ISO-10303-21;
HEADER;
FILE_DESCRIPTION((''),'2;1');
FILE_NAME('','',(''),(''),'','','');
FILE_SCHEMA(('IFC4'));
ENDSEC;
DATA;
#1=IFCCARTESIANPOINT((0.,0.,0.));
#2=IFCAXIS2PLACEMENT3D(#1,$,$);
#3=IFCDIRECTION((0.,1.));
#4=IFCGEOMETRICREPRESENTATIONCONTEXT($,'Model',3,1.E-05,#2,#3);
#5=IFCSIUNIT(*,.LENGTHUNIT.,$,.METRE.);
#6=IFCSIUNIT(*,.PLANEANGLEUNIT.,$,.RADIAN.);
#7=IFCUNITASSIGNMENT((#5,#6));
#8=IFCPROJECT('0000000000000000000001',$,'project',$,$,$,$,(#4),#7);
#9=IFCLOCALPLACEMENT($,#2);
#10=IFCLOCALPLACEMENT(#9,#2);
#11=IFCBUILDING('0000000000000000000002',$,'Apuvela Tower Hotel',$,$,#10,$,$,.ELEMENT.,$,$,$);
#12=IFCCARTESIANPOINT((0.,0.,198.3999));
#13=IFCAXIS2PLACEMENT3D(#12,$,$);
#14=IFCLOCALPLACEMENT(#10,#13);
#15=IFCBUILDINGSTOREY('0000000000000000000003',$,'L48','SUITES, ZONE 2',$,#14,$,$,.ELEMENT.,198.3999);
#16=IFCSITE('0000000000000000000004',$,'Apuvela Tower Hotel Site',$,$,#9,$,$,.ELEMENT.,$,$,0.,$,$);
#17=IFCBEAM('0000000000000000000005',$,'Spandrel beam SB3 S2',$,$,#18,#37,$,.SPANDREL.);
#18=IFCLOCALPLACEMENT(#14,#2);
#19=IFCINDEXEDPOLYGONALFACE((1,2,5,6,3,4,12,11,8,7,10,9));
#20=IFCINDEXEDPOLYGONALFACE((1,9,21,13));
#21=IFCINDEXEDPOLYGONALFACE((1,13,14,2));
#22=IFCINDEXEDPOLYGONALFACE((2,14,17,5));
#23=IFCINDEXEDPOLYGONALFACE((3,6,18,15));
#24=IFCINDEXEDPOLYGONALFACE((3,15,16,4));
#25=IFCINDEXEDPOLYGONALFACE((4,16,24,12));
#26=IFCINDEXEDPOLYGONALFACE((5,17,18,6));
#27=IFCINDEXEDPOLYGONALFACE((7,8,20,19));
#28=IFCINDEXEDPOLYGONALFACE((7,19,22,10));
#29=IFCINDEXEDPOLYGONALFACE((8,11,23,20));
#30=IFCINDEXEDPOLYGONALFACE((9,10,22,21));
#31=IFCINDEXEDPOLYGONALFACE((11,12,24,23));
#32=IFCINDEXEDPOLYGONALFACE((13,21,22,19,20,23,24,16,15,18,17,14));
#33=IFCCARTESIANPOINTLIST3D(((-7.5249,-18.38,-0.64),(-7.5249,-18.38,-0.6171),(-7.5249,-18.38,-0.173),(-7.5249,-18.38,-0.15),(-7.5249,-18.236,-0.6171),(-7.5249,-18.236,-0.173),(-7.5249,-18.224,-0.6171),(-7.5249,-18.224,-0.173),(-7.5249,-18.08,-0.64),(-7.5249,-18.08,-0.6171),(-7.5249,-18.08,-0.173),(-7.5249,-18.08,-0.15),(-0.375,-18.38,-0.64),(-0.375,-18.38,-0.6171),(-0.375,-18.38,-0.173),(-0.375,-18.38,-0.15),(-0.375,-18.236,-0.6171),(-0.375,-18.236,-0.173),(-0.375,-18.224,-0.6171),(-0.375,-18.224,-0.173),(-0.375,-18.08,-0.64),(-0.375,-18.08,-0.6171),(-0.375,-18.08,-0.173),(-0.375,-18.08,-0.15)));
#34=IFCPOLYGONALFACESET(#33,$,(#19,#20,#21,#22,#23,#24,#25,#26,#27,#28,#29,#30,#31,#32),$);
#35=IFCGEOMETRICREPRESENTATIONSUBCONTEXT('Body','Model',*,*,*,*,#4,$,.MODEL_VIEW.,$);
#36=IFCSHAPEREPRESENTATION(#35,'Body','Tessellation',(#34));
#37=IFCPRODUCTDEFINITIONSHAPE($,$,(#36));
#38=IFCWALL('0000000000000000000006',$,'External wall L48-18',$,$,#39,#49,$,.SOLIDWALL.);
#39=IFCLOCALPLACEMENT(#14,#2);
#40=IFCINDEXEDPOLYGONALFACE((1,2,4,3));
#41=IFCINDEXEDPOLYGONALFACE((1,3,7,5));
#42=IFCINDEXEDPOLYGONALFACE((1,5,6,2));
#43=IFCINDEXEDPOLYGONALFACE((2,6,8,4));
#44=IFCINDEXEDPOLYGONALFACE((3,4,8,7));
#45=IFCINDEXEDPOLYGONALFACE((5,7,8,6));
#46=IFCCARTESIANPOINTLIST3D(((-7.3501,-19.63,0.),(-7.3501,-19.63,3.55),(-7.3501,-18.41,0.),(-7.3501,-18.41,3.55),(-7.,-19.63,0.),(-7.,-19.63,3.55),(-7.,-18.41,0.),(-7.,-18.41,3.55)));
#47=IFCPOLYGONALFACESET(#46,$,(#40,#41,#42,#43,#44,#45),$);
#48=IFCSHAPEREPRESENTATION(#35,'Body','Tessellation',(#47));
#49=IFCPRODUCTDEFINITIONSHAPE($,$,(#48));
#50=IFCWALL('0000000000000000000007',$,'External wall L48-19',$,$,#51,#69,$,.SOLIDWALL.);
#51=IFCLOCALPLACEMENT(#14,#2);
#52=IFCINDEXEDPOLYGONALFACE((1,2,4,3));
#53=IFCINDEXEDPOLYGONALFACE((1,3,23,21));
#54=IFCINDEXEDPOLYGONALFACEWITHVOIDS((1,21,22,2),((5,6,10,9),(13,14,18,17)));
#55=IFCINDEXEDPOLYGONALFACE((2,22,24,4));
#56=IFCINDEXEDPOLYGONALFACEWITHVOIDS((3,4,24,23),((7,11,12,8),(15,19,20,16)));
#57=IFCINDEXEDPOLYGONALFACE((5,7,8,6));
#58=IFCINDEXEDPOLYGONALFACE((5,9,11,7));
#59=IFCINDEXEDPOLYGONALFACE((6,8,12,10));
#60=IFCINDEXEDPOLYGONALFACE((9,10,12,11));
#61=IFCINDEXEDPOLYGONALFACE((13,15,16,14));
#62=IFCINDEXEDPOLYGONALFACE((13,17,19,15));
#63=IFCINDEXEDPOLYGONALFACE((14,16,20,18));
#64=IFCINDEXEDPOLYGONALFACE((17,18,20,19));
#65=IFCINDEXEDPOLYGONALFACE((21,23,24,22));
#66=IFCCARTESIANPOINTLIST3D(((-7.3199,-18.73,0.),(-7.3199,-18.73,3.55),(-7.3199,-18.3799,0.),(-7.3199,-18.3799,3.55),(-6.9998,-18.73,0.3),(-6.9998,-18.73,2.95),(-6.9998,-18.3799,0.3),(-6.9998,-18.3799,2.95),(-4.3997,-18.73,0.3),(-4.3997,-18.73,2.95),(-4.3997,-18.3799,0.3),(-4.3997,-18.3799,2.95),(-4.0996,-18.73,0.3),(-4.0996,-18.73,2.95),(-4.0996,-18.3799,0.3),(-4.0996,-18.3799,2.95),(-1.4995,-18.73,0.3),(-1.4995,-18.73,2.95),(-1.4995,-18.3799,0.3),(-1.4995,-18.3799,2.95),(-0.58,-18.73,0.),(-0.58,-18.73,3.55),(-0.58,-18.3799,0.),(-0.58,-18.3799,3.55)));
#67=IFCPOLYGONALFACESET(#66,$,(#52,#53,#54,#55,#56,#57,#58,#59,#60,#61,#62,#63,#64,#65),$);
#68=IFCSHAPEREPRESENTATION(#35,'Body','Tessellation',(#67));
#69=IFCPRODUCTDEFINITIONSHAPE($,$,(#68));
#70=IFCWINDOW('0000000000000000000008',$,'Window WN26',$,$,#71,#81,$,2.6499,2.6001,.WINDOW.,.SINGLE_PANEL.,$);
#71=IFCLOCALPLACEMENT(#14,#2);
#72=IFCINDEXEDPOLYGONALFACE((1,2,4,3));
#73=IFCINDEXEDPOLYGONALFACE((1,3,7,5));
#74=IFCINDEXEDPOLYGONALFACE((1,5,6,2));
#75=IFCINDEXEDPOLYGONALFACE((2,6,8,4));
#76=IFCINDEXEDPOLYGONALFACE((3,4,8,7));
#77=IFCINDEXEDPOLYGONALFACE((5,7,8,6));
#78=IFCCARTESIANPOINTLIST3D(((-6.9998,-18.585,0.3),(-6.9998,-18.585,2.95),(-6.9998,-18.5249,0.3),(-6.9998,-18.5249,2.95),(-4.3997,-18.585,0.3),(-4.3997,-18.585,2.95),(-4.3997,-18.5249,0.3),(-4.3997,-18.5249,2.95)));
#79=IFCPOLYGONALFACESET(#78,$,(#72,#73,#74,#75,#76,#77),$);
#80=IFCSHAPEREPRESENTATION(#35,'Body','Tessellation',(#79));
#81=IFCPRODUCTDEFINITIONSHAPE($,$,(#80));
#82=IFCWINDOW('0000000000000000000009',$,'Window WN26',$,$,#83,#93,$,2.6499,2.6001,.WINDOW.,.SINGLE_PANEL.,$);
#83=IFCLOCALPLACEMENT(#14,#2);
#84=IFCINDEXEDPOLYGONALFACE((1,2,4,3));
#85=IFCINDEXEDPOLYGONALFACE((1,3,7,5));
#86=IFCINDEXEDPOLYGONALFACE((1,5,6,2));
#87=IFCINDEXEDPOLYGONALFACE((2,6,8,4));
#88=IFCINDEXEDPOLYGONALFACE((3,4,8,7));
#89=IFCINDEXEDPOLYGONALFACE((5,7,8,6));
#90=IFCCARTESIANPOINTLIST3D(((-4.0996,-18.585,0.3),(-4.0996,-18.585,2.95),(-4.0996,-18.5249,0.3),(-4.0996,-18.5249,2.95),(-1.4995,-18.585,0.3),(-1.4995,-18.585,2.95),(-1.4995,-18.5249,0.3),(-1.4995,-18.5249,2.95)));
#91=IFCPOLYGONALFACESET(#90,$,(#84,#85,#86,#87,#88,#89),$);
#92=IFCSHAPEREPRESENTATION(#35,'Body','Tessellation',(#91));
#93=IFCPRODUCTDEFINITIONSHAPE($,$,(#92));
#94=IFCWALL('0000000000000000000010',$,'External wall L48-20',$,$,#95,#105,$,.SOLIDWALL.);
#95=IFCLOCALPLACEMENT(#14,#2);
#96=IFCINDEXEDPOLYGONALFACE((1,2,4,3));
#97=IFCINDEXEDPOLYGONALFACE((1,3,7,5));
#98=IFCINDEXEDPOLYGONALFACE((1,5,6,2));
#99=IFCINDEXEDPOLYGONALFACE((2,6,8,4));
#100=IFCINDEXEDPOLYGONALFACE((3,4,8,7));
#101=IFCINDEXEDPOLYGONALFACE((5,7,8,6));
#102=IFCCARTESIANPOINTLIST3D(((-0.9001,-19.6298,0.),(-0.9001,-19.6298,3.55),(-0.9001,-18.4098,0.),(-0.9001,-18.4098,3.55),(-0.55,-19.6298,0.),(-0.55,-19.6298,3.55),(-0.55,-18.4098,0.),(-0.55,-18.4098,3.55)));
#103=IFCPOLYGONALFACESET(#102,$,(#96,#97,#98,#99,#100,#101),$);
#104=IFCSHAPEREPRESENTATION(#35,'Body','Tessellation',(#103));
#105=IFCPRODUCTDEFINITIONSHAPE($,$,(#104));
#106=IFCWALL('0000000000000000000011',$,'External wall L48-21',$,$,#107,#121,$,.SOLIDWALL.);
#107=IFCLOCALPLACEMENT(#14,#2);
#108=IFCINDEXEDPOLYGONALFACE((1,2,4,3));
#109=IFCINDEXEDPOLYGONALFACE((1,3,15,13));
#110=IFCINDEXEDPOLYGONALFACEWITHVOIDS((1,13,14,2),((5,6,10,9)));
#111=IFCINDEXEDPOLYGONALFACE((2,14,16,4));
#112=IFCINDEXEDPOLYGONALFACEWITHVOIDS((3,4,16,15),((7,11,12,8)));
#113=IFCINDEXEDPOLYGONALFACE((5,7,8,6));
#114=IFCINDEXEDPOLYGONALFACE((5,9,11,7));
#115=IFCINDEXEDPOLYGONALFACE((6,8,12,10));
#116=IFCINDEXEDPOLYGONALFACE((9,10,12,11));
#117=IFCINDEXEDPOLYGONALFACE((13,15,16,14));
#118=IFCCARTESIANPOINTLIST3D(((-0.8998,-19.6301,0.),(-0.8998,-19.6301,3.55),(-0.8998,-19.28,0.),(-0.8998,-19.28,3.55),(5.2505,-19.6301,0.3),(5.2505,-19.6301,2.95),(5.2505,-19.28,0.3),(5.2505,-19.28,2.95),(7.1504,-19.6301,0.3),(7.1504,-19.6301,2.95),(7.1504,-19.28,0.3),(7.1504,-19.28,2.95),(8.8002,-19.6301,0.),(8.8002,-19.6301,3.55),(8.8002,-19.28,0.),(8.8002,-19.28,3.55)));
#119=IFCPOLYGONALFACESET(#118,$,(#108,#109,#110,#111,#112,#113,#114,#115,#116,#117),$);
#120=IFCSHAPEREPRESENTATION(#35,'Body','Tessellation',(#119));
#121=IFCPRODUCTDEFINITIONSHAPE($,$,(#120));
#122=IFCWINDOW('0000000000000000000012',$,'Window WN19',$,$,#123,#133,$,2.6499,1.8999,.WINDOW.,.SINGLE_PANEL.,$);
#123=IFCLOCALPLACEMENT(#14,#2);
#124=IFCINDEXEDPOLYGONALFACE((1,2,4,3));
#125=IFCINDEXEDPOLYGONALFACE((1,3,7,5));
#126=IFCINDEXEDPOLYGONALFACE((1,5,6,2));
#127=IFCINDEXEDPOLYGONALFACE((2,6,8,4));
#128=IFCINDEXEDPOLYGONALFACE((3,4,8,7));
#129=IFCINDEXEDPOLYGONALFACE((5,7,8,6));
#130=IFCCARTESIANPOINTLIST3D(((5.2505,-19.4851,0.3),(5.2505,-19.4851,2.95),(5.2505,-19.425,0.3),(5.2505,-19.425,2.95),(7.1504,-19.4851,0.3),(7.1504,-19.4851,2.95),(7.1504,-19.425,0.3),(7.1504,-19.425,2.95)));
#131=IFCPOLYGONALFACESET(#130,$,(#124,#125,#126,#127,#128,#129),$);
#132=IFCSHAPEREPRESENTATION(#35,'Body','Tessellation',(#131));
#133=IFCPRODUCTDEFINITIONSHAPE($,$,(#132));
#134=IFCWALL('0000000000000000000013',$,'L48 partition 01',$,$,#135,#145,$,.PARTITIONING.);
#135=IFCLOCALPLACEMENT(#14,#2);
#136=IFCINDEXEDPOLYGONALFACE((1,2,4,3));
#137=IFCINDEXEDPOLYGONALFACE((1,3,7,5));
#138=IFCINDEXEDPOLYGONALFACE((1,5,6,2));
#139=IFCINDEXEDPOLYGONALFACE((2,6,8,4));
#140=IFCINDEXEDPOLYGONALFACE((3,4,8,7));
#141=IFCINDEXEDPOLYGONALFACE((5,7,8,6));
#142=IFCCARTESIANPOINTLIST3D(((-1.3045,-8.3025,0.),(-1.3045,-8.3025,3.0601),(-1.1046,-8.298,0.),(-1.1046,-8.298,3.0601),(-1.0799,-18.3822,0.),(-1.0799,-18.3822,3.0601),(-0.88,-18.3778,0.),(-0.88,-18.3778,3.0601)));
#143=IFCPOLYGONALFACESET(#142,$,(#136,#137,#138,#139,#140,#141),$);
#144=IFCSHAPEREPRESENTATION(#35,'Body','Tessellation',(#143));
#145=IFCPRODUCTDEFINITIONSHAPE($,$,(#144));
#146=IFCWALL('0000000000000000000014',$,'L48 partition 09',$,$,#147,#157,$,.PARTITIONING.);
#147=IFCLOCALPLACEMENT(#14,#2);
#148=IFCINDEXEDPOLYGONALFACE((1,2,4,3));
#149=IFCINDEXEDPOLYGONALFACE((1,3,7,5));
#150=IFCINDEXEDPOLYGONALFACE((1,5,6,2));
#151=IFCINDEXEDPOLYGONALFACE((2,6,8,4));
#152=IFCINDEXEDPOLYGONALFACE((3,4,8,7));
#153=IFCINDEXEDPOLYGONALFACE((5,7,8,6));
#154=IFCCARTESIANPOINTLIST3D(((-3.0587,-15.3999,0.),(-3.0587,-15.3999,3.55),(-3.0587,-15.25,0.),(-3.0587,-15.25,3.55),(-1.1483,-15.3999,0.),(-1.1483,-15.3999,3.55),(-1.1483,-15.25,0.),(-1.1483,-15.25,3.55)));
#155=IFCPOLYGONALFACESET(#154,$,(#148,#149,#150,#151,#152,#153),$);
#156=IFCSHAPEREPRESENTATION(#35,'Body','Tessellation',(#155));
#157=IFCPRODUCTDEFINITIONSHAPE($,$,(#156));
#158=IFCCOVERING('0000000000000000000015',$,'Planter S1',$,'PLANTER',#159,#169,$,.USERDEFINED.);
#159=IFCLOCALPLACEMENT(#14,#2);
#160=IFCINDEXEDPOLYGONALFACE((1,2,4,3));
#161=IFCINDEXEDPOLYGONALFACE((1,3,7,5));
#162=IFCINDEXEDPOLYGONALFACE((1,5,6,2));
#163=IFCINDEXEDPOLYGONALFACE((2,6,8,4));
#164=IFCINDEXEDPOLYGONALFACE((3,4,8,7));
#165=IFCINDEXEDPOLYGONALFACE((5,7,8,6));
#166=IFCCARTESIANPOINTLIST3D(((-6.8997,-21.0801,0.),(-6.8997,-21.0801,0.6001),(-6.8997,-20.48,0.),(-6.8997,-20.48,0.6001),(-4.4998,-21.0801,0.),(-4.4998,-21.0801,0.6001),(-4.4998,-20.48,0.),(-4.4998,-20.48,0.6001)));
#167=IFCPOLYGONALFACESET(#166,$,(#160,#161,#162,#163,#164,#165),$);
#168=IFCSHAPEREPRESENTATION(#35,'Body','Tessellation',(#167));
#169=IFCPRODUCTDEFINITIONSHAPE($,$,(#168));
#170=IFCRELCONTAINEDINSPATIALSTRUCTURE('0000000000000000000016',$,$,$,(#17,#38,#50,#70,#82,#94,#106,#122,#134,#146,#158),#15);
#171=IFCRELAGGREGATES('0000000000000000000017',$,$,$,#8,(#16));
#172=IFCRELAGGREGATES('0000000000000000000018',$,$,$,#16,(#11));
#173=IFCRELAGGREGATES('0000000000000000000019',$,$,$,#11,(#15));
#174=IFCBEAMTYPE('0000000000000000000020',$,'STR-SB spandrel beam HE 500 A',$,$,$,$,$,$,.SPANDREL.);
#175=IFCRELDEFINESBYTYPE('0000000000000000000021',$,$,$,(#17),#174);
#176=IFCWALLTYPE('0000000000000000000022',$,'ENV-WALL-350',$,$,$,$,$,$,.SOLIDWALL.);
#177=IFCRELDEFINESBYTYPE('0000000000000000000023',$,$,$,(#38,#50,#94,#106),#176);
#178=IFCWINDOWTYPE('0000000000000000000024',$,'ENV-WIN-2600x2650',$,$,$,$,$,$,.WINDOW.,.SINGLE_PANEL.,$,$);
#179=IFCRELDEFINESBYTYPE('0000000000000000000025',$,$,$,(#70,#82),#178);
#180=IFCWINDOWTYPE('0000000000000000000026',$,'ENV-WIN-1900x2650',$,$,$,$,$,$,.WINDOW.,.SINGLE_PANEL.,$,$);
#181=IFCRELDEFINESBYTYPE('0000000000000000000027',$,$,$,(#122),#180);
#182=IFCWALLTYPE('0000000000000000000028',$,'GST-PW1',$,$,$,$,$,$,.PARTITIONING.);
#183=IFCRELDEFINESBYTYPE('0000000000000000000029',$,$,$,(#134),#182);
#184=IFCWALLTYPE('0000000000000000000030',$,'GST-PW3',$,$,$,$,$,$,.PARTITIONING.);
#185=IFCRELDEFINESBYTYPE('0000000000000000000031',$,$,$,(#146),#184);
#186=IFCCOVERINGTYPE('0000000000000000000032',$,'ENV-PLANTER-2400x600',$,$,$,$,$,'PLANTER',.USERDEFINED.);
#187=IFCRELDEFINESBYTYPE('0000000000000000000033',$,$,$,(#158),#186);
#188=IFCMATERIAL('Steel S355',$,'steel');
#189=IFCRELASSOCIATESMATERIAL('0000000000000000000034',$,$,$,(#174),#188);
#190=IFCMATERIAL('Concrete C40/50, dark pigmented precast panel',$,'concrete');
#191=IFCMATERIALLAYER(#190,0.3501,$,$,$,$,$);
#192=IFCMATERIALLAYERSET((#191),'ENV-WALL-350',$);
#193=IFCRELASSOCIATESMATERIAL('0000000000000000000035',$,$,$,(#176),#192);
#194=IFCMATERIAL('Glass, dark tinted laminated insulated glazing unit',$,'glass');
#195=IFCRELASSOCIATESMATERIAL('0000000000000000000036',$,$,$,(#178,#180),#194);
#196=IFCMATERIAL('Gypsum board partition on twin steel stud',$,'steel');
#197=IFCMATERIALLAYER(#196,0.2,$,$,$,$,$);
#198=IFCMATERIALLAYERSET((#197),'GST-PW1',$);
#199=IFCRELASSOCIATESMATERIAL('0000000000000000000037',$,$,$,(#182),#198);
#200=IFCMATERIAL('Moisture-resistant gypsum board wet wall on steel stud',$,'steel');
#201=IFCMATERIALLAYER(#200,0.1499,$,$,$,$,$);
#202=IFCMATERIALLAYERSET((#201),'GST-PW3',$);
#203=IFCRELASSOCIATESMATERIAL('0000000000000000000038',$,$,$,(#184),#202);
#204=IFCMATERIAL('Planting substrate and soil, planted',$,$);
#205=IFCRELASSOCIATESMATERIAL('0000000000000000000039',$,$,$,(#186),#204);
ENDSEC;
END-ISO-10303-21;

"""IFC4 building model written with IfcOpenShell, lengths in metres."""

from ifc_helpers import new_model, si_unit, direction, frame, frame_2d, origin, origin_2d, place, context, subcontext, project, spatial, rectangle, i_section, extrude, material, layer, layer_set, material_profile, profile_set, type_object, element, fill, save


model = new_model("IFC4")

# Units and contexts
model_context = context("Model", 3, precision=1e-05, world=origin(), true_north=direction((0.0, 1.0)))
body_context = subcontext(model_context, "Body", "Model", "MODEL_VIEW")
ifc_project = project(units=[si_unit("LENGTHUNIT", "METRE"), si_unit("PLANEANGLEUNIT", "RADIAN")], contexts=[model_context])

# Site, building, storey
site_placement = place(None, origin())
site = spatial("IfcSite", under=ifc_project, at=site_placement, Name="Apuvela Tower Hotel Site", CompositionType="ELEMENT", RefElevation=0.0)
building_placement = place(site_placement, origin())
building = spatial("IfcBuilding", under=site, at=building_placement, Name="Apuvela Tower Hotel", CompositionType="ELEMENT")
storey_placement = place(building_placement, frame((0.0, 0.0, 198.3999)))
storey = spatial("IfcBuildingStorey", under=building, at=storey_placement, Name="L48", Description="SUITES, ZONE 2", CompositionType="ELEMENT", Elevation=198.3999)

# Beam
ifc_material_1 = material(Name="Steel S355", Category="steel")
ifc_material_profile_1 = material_profile(ifc_material_1, i_section(OverallWidth=0.3, OverallDepth=0.49, WebThickness=0.012, FlangeThickness=0.0229, at=origin_2d()), Name="HE 500 A")
ifc_profile_set_1 = profile_set([ifc_material_profile_1], Name="Steel S355")
beam_type_1 = type_object("IfcBeamType", Name="STR-SB spandrel beam HE 500 A", PredefinedType="SPANDREL", material=ifc_profile_set_1)
beam_1_placement = place(storey_placement, frame((-7.5249, -18.23, -0.395), z_axis=(1.0, 0.0, 0.0), x_axis=(0.0, 1.0, 0.0)))
element("IfcBeam", 1, at=beam_1_placement, inside=storey, type_object=beam_type_1, Name="Spandrel beam SB3 S2", PredefinedType="SPANDREL", context=body_context, shape_type="SweptSolid", body=[
    extrude(i_section(OverallWidth=0.3, OverallDepth=0.49, WebThickness=0.012, FlangeThickness=0.0229, at=origin_2d()), origin(), (0.0, 0.0, 1.0), 7.1499),
])

# Wall
ifc_material_2 = material(Name="Concrete C40/50, dark pigmented precast panel", Category="concrete")
ifc_layer_1 = layer(ifc_material_2, 0.3501)
ifc_layer_set_1 = layer_set([ifc_layer_1], Name="ENV-WALL-350")
wall_type_1 = type_object("IfcWallType", Name="ENV-WALL-350", PredefinedType="SOLIDWALL", material=ifc_layer_set_1)
wall_1_placement = place(storey_placement, frame((-7.175, -19.6299, 0.0), z_axis=(0.0, 0.0, 1.0), x_axis=(0.0, 1.0, 0.0)))
element("IfcWall", 2, at=wall_1_placement, inside=storey, type_object=wall_type_1, Name="External wall L48-18", PredefinedType="SOLIDWALL", context=body_context, shape_type="SweptSolid", body=[
    extrude(rectangle(XDim=1.22, YDim=0.3501, at=frame_2d((0.6099, 0.0))), origin(), (0.0, 0.0, 1.0), 3.55),
])

# Wall, openings, windows
wall_2_placement = place(storey_placement, frame((-7.3201, -18.5549, 0.0), z_axis=(0.0, 0.0, 1.0), x_axis=(1.0, 0.0, 0.0)))
wall_2 = element("IfcWall", 3, at=wall_2_placement, inside=storey, type_object=wall_type_1, Name="External wall L48-19", PredefinedType="SOLIDWALL", context=body_context, shape_type="SweptSolid", body=[
    extrude(rectangle(XDim=6.74, YDim=0.3501, at=frame_2d((3.3701, 0.0))), origin(), (0.0, 0.0, 1.0), 3.55),
])
opening_1_placement = place(wall_2_placement, frame((0.3203, 0.0, 0.3)))
opening_1 = element("IfcOpeningElement", 4, at=opening_1_placement, cuts=wall_2, PredefinedType="OPENING", context=body_context, shape_type="SweptSolid", body=[
    extrude(rectangle(XDim=2.6001, YDim=2.6499, at=frame_2d((1.3, 1.325))), frame((0.0, 0.1851, 0.0), z_axis=(0.0, -1.0, 0.0), x_axis=(1.0, 0.0, 0.0)), (0.0, 0.0, 1.0), 0.3701),
])
opening_2_placement = place(wall_2_placement, frame((3.2205, 0.0, 0.3)))
opening_2 = element("IfcOpeningElement", 5, at=opening_2_placement, cuts=wall_2, PredefinedType="OPENING", context=body_context, shape_type="SweptSolid", body=[
    extrude(rectangle(XDim=2.6001, YDim=2.6499, at=frame_2d((1.3, 1.325))), frame((0.0, 0.1851, 0.0), z_axis=(0.0, -1.0, 0.0), x_axis=(1.0, 0.0, 0.0)), (0.0, 0.0, 1.0), 0.3701),
])
ifc_material_3 = material(Name="Glass, dark tinted laminated insulated glazing unit", Category="glass")
window_type_1 = type_object("IfcWindowType", Name="ENV-WIN-2600x2650", PartitioningType="SINGLE_PANEL", PredefinedType="WINDOW", material=ifc_material_3)
window_1_placement = place(opening_1_placement, origin())
window_1 = element("IfcWindow", 6, at=window_1_placement, inside=storey, type_object=window_type_1, Name="Window WN26", OverallHeight=2.6499, OverallWidth=2.6001, PartitioningType="SINGLE_PANEL", PredefinedType="WINDOW", context=body_context, shape_type="SweptSolid", body=[
    extrude(rectangle(XDim=2.6001, YDim=2.6499, at=frame_2d((1.3, 1.325))), frame((0.0, 0.03, 0.0), z_axis=(0.0, -1.0, 0.0), x_axis=(1.0, 0.0, 0.0)), (0.0, 0.0, 1.0), 0.0601),
])
fill(opening_1, window_1)
window_2_placement = place(opening_2_placement, origin())
window_2 = element("IfcWindow", 7, at=window_2_placement, inside=storey, type_object=window_type_1, Name="Window WN26", OverallHeight=2.6499, OverallWidth=2.6001, PartitioningType="SINGLE_PANEL", PredefinedType="WINDOW", context=body_context, shape_type="SweptSolid", body=[
    extrude(rectangle(XDim=2.6001, YDim=2.6499, at=frame_2d((1.3, 1.325))), frame((0.0, 0.03, 0.0), z_axis=(0.0, -1.0, 0.0), x_axis=(1.0, 0.0, 0.0)), (0.0, 0.0, 1.0), 0.0601),
])
fill(opening_2, window_2)

# Wall
wall_3_placement = place(storey_placement, frame((-0.7251, -18.4099, 0.0), z_axis=(0.0, 0.0, 1.0), x_axis=(0.0, -1.0, 0.0)))
element("IfcWall", 8, at=wall_3_placement, inside=storey, type_object=wall_type_1, Name="External wall L48-20", PredefinedType="SOLIDWALL", context=body_context, shape_type="SweptSolid", body=[
    extrude(rectangle(XDim=1.22, YDim=0.3501, at=frame_2d((0.6099, 0.0))), origin(), (0.0, 0.0, 1.0), 3.55),
])

# Wall, opening, window
wall_4_placement = place(storey_placement, frame((-0.8999, -19.4551, 0.0), z_axis=(0.0, 0.0, 1.0), x_axis=(1.0, 0.0, 0.0)))
wall_4 = element("IfcWall", 9, at=wall_4_placement, inside=storey, type_object=wall_type_1, Name="External wall L48-21", PredefinedType="SOLIDWALL", context=body_context, shape_type="SweptSolid", body=[
    extrude(rectangle(XDim=9.7, YDim=0.3501, at=frame_2d((4.8501, 0.0))), origin(), (0.0, 0.0, 1.0), 3.55),
])
opening_3_placement = place(wall_4_placement, frame((6.1504, 0.0, 0.3)))
opening_3 = element("IfcOpeningElement", 10, at=opening_3_placement, cuts=wall_4, PredefinedType="OPENING", context=body_context, shape_type="SweptSolid", body=[
    extrude(rectangle(XDim=1.8999, YDim=2.6499, at=frame_2d((0.95, 1.325))), frame((0.0, 0.1851, 0.0), z_axis=(0.0, -1.0, 0.0), x_axis=(1.0, 0.0, 0.0)), (0.0, 0.0, 1.0), 0.3701),
])
window_type_2 = type_object("IfcWindowType", Name="ENV-WIN-1900x2650", PartitioningType="SINGLE_PANEL", PredefinedType="WINDOW", material=ifc_material_3)
window_3_placement = place(opening_3_placement, origin())
window_3 = element("IfcWindow", 11, at=window_3_placement, inside=storey, type_object=window_type_2, Name="Window WN19", OverallHeight=2.6499, OverallWidth=1.8999, PartitioningType="SINGLE_PANEL", PredefinedType="WINDOW", context=body_context, shape_type="SweptSolid", body=[
    extrude(rectangle(XDim=1.8999, YDim=2.6499, at=frame_2d((0.95, 1.325))), frame((0.0, 0.03, 0.0), z_axis=(0.0, -1.0, 0.0), x_axis=(1.0, 0.0, 0.0)), (0.0, 0.0, 1.0), 0.0601),
])
fill(opening_3, window_3)

# Walls
ifc_material_4 = material(Name="Gypsum board partition on twin steel stud", Category="steel")
ifc_layer_2 = layer(ifc_material_4, 0.2)
ifc_layer_set_2 = layer_set([ifc_layer_2], Name="GST-PW1")
wall_type_2 = type_object("IfcWallType", Name="GST-PW1", PredefinedType="PARTITIONING", material=ifc_layer_set_2)
wall_5_placement = place(storey_placement, frame((-0.98, -18.3799, 0.0), z_axis=(0.0, 0.0, 1.0), x_axis=(-0.022278, 0.999752, 0.0)))
element("IfcWall", 12, at=wall_5_placement, inside=storey, type_object=wall_type_2, Name="L48 partition 01", PredefinedType="PARTITIONING", context=body_context, shape_type="SweptSolid", body=[
    extrude(rectangle(XDim=10.0823, YDim=0.2, at=frame_2d((5.041, 0.0))), origin(), (0.0, 0.0, 1.0), 3.0601),
])
ifc_material_5 = material(Name="Moisture-resistant gypsum board wet wall on steel stud", Category="steel")
ifc_layer_3 = layer(ifc_material_5, 0.1499)
ifc_layer_set_3 = layer_set([ifc_layer_3], Name="GST-PW3")
wall_type_3 = type_object("IfcWallType", Name="GST-PW3", PredefinedType="PARTITIONING", material=ifc_layer_set_3)
wall_6_placement = place(storey_placement, frame((-3.0586, -15.325, 0.0), z_axis=(0.0, 0.0, 1.0), x_axis=(1.0, 0.0, 0.0)))
element("IfcWall", 13, at=wall_6_placement, inside=storey, type_object=wall_type_3, Name="L48 partition 09", PredefinedType="PARTITIONING", context=body_context, shape_type="SweptSolid", body=[
    extrude(rectangle(XDim=1.9104, YDim=0.1499, at=frame_2d((0.9551, 0.0))), origin(), (0.0, 0.0, 1.0), 3.55),
])

# Covering
ifc_material_6 = material(Name="Planting substrate and soil, planted")
covering_type = type_object("IfcCoveringType", Name="ENV-PLANTER-2400x600", ElementType="PLANTER", PredefinedType="USERDEFINED", material=ifc_material_6)
covering_placement = place(storey_placement, frame((-5.6997, -20.78, 0.0), z_axis=(0.0, 0.0, 1.0), x_axis=(1.0, 0.0, 0.0)))
element("IfcCovering", 14, at=covering_placement, inside=storey, type_object=covering_type, Name="Planter S1", ObjectType="PLANTER", PredefinedType="USERDEFINED", context=body_context, shape_type="SweptSolid", body=[
    extrude(rectangle(XDim=2.3999, YDim=0.6001, at=origin_2d()), origin(), (0.0, 0.0, 1.0), 0.6001),
])

save(model, "model.ifc")
